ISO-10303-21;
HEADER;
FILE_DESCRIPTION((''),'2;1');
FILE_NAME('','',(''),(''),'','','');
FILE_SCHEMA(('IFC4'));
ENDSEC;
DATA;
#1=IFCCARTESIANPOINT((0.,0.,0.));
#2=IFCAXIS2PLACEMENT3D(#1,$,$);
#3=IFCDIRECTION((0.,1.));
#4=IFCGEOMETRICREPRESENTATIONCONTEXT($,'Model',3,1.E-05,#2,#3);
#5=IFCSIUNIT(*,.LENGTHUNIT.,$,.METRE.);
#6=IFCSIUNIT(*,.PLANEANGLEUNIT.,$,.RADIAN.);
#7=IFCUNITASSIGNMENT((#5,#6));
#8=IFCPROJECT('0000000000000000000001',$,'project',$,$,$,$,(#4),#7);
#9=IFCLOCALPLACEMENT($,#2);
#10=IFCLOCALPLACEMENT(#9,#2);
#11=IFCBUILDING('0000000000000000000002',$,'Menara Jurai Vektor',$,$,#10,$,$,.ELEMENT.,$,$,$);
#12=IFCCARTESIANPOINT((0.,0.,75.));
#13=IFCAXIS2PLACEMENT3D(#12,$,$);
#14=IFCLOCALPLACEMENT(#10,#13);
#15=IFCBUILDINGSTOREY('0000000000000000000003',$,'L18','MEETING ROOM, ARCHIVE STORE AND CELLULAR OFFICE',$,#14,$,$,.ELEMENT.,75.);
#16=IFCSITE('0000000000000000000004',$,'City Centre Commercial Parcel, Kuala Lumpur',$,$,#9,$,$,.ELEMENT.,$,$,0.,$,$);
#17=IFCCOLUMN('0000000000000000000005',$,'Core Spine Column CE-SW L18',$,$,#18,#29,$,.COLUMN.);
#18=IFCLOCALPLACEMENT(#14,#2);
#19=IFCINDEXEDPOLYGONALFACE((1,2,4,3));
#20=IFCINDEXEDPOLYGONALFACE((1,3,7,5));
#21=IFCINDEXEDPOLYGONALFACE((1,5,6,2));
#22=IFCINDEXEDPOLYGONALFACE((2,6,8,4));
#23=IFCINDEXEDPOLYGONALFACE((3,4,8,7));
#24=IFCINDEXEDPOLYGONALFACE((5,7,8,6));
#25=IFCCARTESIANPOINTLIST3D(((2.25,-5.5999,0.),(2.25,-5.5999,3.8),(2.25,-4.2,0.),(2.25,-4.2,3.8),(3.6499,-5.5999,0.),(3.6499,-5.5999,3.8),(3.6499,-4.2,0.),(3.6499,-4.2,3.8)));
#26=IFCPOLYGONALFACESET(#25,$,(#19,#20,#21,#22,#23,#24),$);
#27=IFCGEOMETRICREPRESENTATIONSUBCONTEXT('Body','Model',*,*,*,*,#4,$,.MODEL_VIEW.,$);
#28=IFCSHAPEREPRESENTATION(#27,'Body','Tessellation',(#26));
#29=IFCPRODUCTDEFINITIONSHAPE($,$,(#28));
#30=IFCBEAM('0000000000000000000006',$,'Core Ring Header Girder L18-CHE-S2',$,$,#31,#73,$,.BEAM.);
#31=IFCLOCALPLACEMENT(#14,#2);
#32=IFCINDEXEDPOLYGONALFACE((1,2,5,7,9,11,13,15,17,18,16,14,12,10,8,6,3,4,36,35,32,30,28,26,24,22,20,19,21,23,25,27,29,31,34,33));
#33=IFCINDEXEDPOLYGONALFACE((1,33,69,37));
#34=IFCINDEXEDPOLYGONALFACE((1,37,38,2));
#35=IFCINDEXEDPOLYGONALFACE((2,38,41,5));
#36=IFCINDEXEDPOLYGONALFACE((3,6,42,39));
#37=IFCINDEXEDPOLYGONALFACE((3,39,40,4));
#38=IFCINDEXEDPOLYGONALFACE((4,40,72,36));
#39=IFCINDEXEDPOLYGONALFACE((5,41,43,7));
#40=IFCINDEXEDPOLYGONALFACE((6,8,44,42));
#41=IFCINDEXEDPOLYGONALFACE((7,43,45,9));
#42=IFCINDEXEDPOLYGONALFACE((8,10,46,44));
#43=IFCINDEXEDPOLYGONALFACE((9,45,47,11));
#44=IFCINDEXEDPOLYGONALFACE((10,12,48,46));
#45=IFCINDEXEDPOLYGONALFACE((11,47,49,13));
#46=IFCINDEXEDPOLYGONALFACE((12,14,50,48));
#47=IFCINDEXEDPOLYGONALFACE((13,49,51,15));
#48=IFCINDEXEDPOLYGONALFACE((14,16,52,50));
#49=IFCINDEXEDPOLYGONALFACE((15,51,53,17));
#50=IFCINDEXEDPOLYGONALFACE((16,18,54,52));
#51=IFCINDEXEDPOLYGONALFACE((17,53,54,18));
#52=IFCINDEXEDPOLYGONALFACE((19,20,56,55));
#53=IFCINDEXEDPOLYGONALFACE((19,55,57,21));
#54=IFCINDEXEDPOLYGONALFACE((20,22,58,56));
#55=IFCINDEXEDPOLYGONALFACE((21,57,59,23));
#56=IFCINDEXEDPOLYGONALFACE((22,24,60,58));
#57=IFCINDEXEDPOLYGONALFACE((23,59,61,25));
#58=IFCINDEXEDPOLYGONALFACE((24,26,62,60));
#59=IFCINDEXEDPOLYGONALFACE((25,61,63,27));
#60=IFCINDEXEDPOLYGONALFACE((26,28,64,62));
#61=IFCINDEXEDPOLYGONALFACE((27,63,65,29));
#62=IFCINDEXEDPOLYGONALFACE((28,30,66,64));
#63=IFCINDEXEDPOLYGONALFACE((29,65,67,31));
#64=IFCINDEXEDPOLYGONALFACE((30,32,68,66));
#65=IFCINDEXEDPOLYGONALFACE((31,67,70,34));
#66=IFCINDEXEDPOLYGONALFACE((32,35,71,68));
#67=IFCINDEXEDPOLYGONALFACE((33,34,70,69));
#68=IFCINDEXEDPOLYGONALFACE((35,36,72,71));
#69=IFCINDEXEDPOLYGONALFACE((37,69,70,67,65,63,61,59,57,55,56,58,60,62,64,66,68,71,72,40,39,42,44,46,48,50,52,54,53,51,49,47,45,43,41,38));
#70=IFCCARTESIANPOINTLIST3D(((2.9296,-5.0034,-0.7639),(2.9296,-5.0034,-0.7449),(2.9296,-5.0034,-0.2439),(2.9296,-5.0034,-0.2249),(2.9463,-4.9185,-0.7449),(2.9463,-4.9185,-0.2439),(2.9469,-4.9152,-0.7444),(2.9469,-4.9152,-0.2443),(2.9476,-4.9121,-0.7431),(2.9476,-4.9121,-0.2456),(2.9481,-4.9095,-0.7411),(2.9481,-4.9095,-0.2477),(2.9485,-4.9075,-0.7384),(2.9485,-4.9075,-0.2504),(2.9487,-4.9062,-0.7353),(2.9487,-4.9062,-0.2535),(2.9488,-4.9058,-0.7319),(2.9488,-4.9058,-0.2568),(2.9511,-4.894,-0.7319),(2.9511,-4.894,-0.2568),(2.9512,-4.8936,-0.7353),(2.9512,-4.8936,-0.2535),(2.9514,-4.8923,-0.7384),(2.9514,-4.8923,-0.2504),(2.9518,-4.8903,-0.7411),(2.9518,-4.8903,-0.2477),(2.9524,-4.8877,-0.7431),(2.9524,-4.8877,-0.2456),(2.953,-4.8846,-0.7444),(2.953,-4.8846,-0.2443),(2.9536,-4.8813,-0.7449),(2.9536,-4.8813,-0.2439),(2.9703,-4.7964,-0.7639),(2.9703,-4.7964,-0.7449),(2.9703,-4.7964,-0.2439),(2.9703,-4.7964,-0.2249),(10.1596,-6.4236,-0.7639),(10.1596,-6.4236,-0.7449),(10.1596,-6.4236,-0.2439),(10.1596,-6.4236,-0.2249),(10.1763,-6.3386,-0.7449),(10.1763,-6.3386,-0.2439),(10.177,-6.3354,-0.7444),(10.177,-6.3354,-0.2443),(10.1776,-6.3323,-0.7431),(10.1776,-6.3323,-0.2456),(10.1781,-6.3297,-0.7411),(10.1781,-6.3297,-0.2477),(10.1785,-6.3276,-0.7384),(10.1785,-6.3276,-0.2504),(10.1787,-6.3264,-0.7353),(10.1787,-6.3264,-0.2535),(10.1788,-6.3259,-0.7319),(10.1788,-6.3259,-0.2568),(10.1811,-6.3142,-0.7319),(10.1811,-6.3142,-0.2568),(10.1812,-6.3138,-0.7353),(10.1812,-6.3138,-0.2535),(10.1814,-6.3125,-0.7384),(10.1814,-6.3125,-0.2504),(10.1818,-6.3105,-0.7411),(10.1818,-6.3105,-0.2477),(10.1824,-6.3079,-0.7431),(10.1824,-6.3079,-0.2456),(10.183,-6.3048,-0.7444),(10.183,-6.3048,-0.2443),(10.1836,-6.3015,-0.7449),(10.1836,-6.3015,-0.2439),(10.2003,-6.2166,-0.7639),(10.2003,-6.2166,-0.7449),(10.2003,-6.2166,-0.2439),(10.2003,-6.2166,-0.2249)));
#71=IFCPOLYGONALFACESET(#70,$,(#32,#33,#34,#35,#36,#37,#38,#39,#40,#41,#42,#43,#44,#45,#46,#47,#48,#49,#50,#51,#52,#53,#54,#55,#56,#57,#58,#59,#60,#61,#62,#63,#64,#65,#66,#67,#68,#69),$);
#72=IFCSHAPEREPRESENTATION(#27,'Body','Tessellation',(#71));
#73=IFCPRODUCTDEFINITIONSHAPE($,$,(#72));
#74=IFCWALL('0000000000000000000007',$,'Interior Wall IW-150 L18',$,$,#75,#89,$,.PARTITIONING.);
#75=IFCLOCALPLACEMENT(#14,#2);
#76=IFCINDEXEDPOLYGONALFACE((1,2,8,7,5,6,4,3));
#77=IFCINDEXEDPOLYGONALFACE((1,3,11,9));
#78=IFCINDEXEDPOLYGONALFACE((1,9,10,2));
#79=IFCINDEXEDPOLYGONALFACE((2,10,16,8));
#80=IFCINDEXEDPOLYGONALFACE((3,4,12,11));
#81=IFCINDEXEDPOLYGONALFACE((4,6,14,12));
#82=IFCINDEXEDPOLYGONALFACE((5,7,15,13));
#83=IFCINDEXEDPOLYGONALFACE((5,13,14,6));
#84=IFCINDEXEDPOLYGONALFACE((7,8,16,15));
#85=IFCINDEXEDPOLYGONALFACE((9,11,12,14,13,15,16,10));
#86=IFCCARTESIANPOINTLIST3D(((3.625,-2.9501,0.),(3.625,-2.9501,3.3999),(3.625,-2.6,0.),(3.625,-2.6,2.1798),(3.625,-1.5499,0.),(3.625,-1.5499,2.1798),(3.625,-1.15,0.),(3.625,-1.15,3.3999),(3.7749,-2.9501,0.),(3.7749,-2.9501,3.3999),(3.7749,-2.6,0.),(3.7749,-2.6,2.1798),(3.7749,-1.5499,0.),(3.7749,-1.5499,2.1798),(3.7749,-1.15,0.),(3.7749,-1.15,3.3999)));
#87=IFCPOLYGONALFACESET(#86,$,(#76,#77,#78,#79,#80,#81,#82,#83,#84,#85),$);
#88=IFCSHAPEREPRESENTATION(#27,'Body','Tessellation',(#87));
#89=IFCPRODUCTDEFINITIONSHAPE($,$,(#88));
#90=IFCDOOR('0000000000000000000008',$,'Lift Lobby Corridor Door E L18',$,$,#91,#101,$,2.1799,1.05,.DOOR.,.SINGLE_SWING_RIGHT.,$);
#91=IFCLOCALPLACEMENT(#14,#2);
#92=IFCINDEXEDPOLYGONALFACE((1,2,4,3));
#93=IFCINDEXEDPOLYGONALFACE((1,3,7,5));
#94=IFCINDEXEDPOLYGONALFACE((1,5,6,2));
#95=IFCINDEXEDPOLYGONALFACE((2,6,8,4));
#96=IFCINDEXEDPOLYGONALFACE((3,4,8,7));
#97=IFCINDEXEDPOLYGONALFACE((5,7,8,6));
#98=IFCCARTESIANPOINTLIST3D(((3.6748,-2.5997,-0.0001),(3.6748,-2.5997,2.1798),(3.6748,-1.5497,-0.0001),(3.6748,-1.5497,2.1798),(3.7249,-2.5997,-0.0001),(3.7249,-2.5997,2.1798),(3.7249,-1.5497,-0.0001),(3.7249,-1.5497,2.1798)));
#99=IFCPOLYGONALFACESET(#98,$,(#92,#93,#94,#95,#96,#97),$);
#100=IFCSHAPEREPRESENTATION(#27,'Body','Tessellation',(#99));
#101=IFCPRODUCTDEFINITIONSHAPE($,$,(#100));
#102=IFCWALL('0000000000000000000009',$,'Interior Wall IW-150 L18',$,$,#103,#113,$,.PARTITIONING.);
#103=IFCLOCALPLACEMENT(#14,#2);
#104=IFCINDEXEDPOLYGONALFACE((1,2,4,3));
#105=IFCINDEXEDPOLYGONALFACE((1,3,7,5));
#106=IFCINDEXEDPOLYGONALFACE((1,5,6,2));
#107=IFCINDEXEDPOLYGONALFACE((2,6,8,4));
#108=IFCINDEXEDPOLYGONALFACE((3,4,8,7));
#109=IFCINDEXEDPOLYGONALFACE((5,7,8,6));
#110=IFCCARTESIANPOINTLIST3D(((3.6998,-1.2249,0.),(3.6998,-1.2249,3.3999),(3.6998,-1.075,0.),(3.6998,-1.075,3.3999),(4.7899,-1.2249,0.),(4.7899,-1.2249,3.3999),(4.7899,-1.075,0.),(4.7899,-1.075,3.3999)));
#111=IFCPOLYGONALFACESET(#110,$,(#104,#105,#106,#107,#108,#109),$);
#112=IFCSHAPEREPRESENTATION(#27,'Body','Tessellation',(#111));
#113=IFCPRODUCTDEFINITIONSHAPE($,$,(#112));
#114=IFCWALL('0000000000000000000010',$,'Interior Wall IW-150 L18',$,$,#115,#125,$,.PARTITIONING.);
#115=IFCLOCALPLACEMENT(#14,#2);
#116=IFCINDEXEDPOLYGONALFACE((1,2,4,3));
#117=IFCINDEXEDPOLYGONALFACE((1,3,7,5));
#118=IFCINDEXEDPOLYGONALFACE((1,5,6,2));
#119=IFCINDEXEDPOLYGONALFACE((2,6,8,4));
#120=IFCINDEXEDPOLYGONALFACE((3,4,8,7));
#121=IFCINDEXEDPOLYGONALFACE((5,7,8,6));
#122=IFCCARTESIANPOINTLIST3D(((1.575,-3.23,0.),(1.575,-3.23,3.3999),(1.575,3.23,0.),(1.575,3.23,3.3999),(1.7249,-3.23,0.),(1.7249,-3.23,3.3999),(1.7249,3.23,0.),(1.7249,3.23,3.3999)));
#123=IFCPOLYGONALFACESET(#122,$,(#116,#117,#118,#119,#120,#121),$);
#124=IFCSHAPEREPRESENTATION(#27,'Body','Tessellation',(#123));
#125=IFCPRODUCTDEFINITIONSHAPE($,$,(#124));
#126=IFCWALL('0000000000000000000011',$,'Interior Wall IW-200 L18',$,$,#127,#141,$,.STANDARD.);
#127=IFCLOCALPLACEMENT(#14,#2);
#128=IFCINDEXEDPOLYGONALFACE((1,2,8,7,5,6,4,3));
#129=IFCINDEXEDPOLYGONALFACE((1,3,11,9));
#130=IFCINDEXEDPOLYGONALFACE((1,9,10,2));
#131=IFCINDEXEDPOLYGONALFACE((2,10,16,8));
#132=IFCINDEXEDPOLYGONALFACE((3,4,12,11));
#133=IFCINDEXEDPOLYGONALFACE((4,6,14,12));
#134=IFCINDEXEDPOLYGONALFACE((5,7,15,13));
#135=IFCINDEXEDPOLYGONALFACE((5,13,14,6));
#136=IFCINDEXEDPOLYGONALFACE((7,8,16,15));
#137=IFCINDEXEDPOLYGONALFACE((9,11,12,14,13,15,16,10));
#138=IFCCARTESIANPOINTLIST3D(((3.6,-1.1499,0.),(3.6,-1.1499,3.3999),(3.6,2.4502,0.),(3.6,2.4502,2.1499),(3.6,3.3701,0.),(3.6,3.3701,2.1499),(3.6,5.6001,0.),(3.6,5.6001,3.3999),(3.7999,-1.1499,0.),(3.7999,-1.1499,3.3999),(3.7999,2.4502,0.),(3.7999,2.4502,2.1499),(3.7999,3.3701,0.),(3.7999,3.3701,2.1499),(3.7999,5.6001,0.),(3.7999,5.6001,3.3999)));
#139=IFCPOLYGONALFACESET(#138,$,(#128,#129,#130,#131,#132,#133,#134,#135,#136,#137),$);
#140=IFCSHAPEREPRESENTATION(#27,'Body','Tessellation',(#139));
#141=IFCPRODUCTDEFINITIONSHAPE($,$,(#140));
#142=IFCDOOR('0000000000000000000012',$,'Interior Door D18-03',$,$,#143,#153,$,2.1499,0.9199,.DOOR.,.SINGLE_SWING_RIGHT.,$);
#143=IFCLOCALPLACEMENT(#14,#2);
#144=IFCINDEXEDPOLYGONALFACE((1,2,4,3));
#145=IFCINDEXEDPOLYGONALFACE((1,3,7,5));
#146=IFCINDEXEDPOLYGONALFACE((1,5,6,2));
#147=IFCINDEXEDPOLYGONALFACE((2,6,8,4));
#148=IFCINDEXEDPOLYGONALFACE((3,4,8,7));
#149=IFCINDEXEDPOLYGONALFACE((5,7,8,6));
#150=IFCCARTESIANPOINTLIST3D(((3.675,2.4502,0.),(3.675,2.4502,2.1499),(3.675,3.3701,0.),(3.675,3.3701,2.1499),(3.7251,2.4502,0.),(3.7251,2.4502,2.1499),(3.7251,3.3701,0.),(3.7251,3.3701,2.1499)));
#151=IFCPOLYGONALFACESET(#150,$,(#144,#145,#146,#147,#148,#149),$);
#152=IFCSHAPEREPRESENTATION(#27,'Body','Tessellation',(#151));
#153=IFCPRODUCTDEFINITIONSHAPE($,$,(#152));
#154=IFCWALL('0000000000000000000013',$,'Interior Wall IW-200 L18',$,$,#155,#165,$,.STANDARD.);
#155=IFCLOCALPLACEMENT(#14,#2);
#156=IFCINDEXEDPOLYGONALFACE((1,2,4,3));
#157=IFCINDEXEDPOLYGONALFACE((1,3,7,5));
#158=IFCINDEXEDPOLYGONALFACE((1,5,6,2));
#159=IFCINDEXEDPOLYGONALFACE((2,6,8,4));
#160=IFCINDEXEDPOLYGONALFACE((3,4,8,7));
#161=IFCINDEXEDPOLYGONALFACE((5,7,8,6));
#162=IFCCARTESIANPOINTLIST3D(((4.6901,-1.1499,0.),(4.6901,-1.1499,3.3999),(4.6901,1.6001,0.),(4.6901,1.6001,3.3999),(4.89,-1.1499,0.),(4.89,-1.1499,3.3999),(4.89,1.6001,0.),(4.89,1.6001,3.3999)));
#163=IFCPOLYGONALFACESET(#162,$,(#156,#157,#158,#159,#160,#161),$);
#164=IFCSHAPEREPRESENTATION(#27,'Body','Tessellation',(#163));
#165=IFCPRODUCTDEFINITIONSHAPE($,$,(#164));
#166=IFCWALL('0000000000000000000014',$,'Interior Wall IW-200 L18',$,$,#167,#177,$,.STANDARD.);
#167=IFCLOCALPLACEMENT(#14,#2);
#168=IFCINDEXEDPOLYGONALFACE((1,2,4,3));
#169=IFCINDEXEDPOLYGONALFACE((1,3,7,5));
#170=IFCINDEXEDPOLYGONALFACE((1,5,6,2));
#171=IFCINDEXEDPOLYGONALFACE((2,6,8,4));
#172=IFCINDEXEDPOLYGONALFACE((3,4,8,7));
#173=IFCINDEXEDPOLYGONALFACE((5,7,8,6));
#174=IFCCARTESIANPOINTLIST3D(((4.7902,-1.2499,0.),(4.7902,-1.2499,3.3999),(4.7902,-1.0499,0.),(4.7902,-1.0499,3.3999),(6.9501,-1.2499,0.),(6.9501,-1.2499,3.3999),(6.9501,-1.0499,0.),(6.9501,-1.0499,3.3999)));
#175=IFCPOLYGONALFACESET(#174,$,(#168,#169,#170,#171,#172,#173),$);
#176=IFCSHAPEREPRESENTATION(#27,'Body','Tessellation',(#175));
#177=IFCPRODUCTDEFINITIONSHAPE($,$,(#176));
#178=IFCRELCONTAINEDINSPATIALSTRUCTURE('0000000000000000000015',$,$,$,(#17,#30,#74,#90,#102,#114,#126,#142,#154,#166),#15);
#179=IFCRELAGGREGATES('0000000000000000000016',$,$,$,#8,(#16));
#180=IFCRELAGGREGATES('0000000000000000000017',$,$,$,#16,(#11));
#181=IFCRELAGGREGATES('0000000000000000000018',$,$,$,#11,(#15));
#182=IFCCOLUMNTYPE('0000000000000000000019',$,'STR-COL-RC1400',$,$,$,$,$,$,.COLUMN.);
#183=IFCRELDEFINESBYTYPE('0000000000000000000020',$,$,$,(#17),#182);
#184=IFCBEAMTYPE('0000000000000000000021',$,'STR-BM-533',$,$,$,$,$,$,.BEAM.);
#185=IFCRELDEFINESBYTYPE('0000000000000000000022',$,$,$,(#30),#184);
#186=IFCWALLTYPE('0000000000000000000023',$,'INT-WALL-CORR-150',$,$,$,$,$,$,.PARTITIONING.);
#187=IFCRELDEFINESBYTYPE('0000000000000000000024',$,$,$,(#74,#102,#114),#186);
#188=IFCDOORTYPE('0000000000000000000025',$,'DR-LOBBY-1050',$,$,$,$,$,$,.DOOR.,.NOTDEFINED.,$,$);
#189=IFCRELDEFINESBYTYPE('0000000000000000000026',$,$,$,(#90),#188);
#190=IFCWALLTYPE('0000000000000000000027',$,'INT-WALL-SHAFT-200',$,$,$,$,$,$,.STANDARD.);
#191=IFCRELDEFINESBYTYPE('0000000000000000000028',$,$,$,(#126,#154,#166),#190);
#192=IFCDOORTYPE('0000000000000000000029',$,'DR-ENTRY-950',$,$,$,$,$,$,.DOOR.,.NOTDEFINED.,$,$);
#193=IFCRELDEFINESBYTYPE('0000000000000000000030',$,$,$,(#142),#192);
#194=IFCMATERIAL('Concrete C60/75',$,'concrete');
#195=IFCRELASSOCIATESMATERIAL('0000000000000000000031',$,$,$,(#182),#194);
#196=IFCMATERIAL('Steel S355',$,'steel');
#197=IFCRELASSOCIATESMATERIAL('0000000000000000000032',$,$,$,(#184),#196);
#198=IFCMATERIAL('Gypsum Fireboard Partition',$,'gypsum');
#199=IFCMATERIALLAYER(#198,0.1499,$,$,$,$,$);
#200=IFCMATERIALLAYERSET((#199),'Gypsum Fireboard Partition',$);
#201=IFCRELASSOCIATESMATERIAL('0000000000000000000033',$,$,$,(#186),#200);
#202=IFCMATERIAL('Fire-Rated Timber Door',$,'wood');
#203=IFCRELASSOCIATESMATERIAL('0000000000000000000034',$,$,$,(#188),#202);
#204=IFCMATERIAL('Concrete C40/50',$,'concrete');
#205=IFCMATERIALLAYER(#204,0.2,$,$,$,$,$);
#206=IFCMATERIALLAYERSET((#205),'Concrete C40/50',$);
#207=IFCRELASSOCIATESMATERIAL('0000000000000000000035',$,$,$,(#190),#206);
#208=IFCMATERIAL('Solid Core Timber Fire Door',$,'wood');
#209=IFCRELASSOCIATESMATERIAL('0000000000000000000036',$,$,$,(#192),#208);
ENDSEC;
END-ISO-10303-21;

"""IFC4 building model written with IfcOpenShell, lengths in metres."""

from ifc_helpers import new_model, si_unit, direction, frame, frame_2d, origin, origin_2d, place, context, subcontext, project, spatial, rectangle, i_section, extrude, material, layer, layer_set, material_profile, profile_set, type_object, element, fill, save


model = new_model("IFC4")

# Units and contexts
model_context = context("Model", 3, precision=1e-05, world=origin(), true_north=direction((0.0, 1.0)))
body_context = subcontext(model_context, "Body", "Model", "MODEL_VIEW")
ifc_project = project(units=[si_unit("LENGTHUNIT", "METRE"), si_unit("PLANEANGLEUNIT", "RADIAN")], contexts=[model_context])

# Site, building, storey
site_placement = place(None, origin())
site = spatial("IfcSite", under=ifc_project, at=site_placement, Name="City Centre Commercial Parcel, Kuala Lumpur", CompositionType="ELEMENT", RefElevation=0.0)
building_placement = place(site_placement, origin())
building = spatial("IfcBuilding", under=site, at=building_placement, Name="Menara Jurai Vektor", CompositionType="ELEMENT")
storey_placement = place(building_placement, frame((0.0, 0.0, 75.0)))
storey = spatial("IfcBuildingStorey", under=building, at=storey_placement, Name="L18", Description="MEETING ROOM, ARCHIVE STORE AND CELLULAR OFFICE", CompositionType="ELEMENT", Elevation=75.0)

# Column
ifc_material_1 = material(Name="Concrete C60/75", Category="concrete")
ifc_material_profile_1 = material_profile(ifc_material_1, rectangle(XDim=1.3999, YDim=1.3999, at=origin_2d()), Name="RC 1400x1400")
ifc_profile_set_1 = profile_set([ifc_material_profile_1], Name="Concrete C60/75")
column_type = type_object("IfcColumnType", Name="STR-COL-RC1400", PredefinedType="COLUMN", material=ifc_profile_set_1)
column_placement = place(storey_placement, frame((2.95, -4.8999, 0.0), z_axis=(0.0, 0.0, 1.0), x_axis=(1.0, 0.0, 0.0)))
element("IfcColumn", 1, at=column_placement, inside=storey, type_object=column_type, Name="Core Spine Column CE-SW L18", PredefinedType="COLUMN", context=body_context, shape_type="SweptSolid", body=[
    extrude(rectangle(XDim=1.3999, YDim=1.3999, at=origin_2d()), origin(), (0.0, 0.0, 1.0), 3.8),
])

# Beam
ifc_material_2 = material(Name="Steel S355", Category="steel")
ifc_material_profile_2 = material_profile(ifc_material_2, i_section(OverallWidth=0.2109, OverallDepth=0.5391, WebThickness=0.012, FlangeThickness=0.019, FilletRadius=0.0129, at=origin_2d()), Name="UKB 533x210x109")
ifc_profile_set_2 = profile_set([ifc_material_profile_2], Name="Steel S355")
beam_type = type_object("IfcBeamType", Name="STR-BM-533", PredefinedType="BEAM", material=ifc_profile_set_2)
beam_placement = place(storey_placement, frame((2.95, -4.8999, -0.4944), z_axis=(0.981249, -0.192744, 0.0), x_axis=(0.192744, 0.981249, 0.0)))
element("IfcBeam", 2, at=beam_placement, inside=storey, type_object=beam_type, Name="Core Ring Header Girder L18-CHE-S2", PredefinedType="BEAM", context=body_context, shape_type="SweptSolid", body=[
    extrude(i_section(OverallWidth=0.2109, OverallDepth=0.5391, WebThickness=0.012, FlangeThickness=0.019, FilletRadius=0.0129, at=origin_2d()), origin(), (0.0, 0.0, 1.0), 7.3682),
])

# Wall, opening, door
ifc_material_3 = material(Name="Gypsum Fireboard Partition", Category="gypsum")
ifc_layer_1 = layer(ifc_material_3, 0.1499)
ifc_layer_set_1 = layer_set([ifc_layer_1], Name="Gypsum Fireboard Partition")
wall_type_1 = type_object("IfcWallType", Name="INT-WALL-CORR-150", PredefinedType="PARTITIONING", material=ifc_layer_set_1)
wall_1_placement = place(storey_placement, frame((3.7, -2.95, 0.0), z_axis=(0.0, 0.0, 1.0), x_axis=(0.0, 1.0, 0.0)))
wall_1 = element("IfcWall", 3, at=wall_1_placement, inside=storey, type_object=wall_type_1, Name="Interior Wall IW-150 L18", PredefinedType="PARTITIONING", context=body_context, shape_type="SweptSolid", body=[
    extrude(rectangle(XDim=1.8, YDim=0.1499, at=frame_2d((0.8999, 0.0))), origin(), (0.0, 0.0, 1.0), 3.3999),
])
opening_1_placement = place(wall_1_placement, frame((0.3501, 0.0, 0.0)))
opening_1 = element("IfcOpeningElement", 4, at=opening_1_placement, cuts=wall_1, PredefinedType="OPENING", context=body_context, shape_type="SweptSolid", body=[
    extrude(rectangle(XDim=1.05, YDim=2.1799, at=frame_2d((0.5249, 1.0898))), frame((0.0, 0.085, 0.0), z_axis=(0.0, -1.0, 0.0), x_axis=(1.0, 0.0, 0.0)), (0.0, 0.0, 1.0), 0.1699),
])
ifc_material_4 = material(Name="Fire-Rated Timber Door", Category="wood")
door_type_1 = type_object("IfcDoorType", Name="DR-LOBBY-1050", OperationType="NOTDEFINED", PredefinedType="DOOR", material=ifc_material_4)
door_1_placement = place(opening_1_placement, frame((1.05, 0.0, 0.0), z_axis=(0.0, 0.0, 1.0), x_axis=(-1.0, 0.0, 0.0)))
door_1 = element("IfcDoor", 5, at=door_1_placement, inside=storey, type_object=door_type_1, Name="Lift Lobby Corridor Door E L18", OperationType="SINGLE_SWING_RIGHT", OverallHeight=2.1799, OverallWidth=1.05, PredefinedType="DOOR", context=body_context, shape_type="SweptSolid", body=[
    extrude(rectangle(XDim=1.05, YDim=2.1799, at=frame_2d((0.5249, 1.0898))), frame((0.0, 0.0249, 0.0), z_axis=(0.0, -1.0, 0.0), x_axis=(1.0, 0.0, 0.0)), (0.0, 0.0, 1.0), 0.05),
])
fill(opening_1, door_1)

# Walls
wall_2_placement = place(storey_placement, frame((3.7, -1.1499, 0.0), z_axis=(0.0, 0.0, 1.0), x_axis=(1.0, 0.0, 0.0)))
element("IfcWall", 6, at=wall_2_placement, inside=storey, type_object=wall_type_1, Name="Interior Wall IW-150 L18", PredefinedType="PARTITIONING", context=body_context, shape_type="SweptSolid", body=[
    extrude(rectangle(XDim=1.0901, YDim=0.1499, at=frame_2d((0.5449, 0.0))), origin(), (0.0, 0.0, 1.0), 3.3999),
])
wall_3_placement = place(storey_placement, frame((1.6499, -3.23, 0.0), z_axis=(0.0, 0.0, 1.0), x_axis=(0.0, 1.0, 0.0)))
element("IfcWall", 7, at=wall_3_placement, inside=storey, type_object=wall_type_1, Name="Interior Wall IW-150 L18", PredefinedType="PARTITIONING", context=body_context, shape_type="SweptSolid", body=[
    extrude(rectangle(XDim=6.46, YDim=0.1499, at=frame_2d((3.23, 0.0))), origin(), (0.0, 0.0, 1.0), 3.3999),
])

# Wall, opening, door
ifc_material_5 = material(Name="Concrete C40/50", Category="concrete")
ifc_layer_2 = layer(ifc_material_5, 0.2)
ifc_layer_set_2 = layer_set([ifc_layer_2], Name="Concrete C40/50")
wall_type_2 = type_object("IfcWallType", Name="INT-WALL-SHAFT-200", PredefinedType="STANDARD", material=ifc_layer_set_2)
wall_4_placement = place(storey_placement, frame((3.7, -1.1499, 0.0), z_axis=(0.0, 0.0, 1.0), x_axis=(0.0, 1.0, 0.0)))
wall_4 = element("IfcWall", 8, at=wall_4_placement, inside=storey, type_object=wall_type_2, Name="Interior Wall IW-200 L18", PredefinedType="STANDARD", context=body_context, shape_type="SweptSolid", body=[
    extrude(rectangle(XDim=6.75, YDim=0.2, at=frame_2d((3.375, 0.0))), origin(), (0.0, 0.0, 1.0), 3.3999),
])
opening_2_placement = place(wall_4_placement, frame((3.6001, 0.0, 0.0)))
opening_2 = element("IfcOpeningElement", 9, at=opening_2_placement, cuts=wall_4, PredefinedType="OPENING", context=body_context, shape_type="SweptSolid", body=[
    extrude(rectangle(XDim=0.9199, YDim=2.1499, at=frame_2d((0.46, 1.075))), frame((0.0, 0.1099, 0.0), z_axis=(0.0, -1.0, 0.0), x_axis=(1.0, 0.0, 0.0)), (0.0, 0.0, 1.0), 0.22),
])
ifc_material_6 = material(Name="Solid Core Timber Fire Door", Category="wood")
door_type_2 = type_object("IfcDoorType", Name="DR-ENTRY-950", OperationType="NOTDEFINED", PredefinedType="DOOR", material=ifc_material_6)
door_2_placement = place(opening_2_placement, origin())
door_2 = element("IfcDoor", 10, at=door_2_placement, inside=storey, type_object=door_type_2, Name="Interior Door D18-03", OperationType="SINGLE_SWING_RIGHT", OverallHeight=2.1499, OverallWidth=0.9199, PredefinedType="DOOR", context=body_context, shape_type="SweptSolid", body=[
    extrude(rectangle(XDim=0.9199, YDim=2.1499, at=frame_2d((0.46, 1.075))), frame((0.0, 0.0249, 0.0), z_axis=(0.0, -1.0, 0.0), x_axis=(1.0, 0.0, 0.0)), (0.0, 0.0, 1.0), 0.05),
])
fill(opening_2, door_2)

# Walls
wall_5_placement = place(storey_placement, frame((4.79, -1.1499, 0.0), z_axis=(0.0, 0.0, 1.0), x_axis=(0.0, 1.0, 0.0)))
element("IfcWall", 11, at=wall_5_placement, inside=storey, type_object=wall_type_2, Name="Interior Wall IW-200 L18", PredefinedType="STANDARD", context=body_context, shape_type="SweptSolid", body=[
    extrude(rectangle(XDim=2.75, YDim=0.2, at=frame_2d((1.375, 0.0))), origin(), (0.0, 0.0, 1.0), 3.3999),
])
wall_6_placement = place(storey_placement, frame((4.79, -1.1499, 0.0), z_axis=(0.0, 0.0, 1.0), x_axis=(1.0, 0.0, 0.0)))
element("IfcWall", 12, at=wall_6_placement, inside=storey, type_object=wall_type_2, Name="Interior Wall IW-200 L18", PredefinedType="STANDARD", context=body_context, shape_type="SweptSolid", body=[
    extrude(rectangle(XDim=2.1599, YDim=0.2, at=frame_2d((1.0801, 0.0))), origin(), (0.0, 0.0, 1.0), 3.3999),
])

save(model, "model.ifc")
